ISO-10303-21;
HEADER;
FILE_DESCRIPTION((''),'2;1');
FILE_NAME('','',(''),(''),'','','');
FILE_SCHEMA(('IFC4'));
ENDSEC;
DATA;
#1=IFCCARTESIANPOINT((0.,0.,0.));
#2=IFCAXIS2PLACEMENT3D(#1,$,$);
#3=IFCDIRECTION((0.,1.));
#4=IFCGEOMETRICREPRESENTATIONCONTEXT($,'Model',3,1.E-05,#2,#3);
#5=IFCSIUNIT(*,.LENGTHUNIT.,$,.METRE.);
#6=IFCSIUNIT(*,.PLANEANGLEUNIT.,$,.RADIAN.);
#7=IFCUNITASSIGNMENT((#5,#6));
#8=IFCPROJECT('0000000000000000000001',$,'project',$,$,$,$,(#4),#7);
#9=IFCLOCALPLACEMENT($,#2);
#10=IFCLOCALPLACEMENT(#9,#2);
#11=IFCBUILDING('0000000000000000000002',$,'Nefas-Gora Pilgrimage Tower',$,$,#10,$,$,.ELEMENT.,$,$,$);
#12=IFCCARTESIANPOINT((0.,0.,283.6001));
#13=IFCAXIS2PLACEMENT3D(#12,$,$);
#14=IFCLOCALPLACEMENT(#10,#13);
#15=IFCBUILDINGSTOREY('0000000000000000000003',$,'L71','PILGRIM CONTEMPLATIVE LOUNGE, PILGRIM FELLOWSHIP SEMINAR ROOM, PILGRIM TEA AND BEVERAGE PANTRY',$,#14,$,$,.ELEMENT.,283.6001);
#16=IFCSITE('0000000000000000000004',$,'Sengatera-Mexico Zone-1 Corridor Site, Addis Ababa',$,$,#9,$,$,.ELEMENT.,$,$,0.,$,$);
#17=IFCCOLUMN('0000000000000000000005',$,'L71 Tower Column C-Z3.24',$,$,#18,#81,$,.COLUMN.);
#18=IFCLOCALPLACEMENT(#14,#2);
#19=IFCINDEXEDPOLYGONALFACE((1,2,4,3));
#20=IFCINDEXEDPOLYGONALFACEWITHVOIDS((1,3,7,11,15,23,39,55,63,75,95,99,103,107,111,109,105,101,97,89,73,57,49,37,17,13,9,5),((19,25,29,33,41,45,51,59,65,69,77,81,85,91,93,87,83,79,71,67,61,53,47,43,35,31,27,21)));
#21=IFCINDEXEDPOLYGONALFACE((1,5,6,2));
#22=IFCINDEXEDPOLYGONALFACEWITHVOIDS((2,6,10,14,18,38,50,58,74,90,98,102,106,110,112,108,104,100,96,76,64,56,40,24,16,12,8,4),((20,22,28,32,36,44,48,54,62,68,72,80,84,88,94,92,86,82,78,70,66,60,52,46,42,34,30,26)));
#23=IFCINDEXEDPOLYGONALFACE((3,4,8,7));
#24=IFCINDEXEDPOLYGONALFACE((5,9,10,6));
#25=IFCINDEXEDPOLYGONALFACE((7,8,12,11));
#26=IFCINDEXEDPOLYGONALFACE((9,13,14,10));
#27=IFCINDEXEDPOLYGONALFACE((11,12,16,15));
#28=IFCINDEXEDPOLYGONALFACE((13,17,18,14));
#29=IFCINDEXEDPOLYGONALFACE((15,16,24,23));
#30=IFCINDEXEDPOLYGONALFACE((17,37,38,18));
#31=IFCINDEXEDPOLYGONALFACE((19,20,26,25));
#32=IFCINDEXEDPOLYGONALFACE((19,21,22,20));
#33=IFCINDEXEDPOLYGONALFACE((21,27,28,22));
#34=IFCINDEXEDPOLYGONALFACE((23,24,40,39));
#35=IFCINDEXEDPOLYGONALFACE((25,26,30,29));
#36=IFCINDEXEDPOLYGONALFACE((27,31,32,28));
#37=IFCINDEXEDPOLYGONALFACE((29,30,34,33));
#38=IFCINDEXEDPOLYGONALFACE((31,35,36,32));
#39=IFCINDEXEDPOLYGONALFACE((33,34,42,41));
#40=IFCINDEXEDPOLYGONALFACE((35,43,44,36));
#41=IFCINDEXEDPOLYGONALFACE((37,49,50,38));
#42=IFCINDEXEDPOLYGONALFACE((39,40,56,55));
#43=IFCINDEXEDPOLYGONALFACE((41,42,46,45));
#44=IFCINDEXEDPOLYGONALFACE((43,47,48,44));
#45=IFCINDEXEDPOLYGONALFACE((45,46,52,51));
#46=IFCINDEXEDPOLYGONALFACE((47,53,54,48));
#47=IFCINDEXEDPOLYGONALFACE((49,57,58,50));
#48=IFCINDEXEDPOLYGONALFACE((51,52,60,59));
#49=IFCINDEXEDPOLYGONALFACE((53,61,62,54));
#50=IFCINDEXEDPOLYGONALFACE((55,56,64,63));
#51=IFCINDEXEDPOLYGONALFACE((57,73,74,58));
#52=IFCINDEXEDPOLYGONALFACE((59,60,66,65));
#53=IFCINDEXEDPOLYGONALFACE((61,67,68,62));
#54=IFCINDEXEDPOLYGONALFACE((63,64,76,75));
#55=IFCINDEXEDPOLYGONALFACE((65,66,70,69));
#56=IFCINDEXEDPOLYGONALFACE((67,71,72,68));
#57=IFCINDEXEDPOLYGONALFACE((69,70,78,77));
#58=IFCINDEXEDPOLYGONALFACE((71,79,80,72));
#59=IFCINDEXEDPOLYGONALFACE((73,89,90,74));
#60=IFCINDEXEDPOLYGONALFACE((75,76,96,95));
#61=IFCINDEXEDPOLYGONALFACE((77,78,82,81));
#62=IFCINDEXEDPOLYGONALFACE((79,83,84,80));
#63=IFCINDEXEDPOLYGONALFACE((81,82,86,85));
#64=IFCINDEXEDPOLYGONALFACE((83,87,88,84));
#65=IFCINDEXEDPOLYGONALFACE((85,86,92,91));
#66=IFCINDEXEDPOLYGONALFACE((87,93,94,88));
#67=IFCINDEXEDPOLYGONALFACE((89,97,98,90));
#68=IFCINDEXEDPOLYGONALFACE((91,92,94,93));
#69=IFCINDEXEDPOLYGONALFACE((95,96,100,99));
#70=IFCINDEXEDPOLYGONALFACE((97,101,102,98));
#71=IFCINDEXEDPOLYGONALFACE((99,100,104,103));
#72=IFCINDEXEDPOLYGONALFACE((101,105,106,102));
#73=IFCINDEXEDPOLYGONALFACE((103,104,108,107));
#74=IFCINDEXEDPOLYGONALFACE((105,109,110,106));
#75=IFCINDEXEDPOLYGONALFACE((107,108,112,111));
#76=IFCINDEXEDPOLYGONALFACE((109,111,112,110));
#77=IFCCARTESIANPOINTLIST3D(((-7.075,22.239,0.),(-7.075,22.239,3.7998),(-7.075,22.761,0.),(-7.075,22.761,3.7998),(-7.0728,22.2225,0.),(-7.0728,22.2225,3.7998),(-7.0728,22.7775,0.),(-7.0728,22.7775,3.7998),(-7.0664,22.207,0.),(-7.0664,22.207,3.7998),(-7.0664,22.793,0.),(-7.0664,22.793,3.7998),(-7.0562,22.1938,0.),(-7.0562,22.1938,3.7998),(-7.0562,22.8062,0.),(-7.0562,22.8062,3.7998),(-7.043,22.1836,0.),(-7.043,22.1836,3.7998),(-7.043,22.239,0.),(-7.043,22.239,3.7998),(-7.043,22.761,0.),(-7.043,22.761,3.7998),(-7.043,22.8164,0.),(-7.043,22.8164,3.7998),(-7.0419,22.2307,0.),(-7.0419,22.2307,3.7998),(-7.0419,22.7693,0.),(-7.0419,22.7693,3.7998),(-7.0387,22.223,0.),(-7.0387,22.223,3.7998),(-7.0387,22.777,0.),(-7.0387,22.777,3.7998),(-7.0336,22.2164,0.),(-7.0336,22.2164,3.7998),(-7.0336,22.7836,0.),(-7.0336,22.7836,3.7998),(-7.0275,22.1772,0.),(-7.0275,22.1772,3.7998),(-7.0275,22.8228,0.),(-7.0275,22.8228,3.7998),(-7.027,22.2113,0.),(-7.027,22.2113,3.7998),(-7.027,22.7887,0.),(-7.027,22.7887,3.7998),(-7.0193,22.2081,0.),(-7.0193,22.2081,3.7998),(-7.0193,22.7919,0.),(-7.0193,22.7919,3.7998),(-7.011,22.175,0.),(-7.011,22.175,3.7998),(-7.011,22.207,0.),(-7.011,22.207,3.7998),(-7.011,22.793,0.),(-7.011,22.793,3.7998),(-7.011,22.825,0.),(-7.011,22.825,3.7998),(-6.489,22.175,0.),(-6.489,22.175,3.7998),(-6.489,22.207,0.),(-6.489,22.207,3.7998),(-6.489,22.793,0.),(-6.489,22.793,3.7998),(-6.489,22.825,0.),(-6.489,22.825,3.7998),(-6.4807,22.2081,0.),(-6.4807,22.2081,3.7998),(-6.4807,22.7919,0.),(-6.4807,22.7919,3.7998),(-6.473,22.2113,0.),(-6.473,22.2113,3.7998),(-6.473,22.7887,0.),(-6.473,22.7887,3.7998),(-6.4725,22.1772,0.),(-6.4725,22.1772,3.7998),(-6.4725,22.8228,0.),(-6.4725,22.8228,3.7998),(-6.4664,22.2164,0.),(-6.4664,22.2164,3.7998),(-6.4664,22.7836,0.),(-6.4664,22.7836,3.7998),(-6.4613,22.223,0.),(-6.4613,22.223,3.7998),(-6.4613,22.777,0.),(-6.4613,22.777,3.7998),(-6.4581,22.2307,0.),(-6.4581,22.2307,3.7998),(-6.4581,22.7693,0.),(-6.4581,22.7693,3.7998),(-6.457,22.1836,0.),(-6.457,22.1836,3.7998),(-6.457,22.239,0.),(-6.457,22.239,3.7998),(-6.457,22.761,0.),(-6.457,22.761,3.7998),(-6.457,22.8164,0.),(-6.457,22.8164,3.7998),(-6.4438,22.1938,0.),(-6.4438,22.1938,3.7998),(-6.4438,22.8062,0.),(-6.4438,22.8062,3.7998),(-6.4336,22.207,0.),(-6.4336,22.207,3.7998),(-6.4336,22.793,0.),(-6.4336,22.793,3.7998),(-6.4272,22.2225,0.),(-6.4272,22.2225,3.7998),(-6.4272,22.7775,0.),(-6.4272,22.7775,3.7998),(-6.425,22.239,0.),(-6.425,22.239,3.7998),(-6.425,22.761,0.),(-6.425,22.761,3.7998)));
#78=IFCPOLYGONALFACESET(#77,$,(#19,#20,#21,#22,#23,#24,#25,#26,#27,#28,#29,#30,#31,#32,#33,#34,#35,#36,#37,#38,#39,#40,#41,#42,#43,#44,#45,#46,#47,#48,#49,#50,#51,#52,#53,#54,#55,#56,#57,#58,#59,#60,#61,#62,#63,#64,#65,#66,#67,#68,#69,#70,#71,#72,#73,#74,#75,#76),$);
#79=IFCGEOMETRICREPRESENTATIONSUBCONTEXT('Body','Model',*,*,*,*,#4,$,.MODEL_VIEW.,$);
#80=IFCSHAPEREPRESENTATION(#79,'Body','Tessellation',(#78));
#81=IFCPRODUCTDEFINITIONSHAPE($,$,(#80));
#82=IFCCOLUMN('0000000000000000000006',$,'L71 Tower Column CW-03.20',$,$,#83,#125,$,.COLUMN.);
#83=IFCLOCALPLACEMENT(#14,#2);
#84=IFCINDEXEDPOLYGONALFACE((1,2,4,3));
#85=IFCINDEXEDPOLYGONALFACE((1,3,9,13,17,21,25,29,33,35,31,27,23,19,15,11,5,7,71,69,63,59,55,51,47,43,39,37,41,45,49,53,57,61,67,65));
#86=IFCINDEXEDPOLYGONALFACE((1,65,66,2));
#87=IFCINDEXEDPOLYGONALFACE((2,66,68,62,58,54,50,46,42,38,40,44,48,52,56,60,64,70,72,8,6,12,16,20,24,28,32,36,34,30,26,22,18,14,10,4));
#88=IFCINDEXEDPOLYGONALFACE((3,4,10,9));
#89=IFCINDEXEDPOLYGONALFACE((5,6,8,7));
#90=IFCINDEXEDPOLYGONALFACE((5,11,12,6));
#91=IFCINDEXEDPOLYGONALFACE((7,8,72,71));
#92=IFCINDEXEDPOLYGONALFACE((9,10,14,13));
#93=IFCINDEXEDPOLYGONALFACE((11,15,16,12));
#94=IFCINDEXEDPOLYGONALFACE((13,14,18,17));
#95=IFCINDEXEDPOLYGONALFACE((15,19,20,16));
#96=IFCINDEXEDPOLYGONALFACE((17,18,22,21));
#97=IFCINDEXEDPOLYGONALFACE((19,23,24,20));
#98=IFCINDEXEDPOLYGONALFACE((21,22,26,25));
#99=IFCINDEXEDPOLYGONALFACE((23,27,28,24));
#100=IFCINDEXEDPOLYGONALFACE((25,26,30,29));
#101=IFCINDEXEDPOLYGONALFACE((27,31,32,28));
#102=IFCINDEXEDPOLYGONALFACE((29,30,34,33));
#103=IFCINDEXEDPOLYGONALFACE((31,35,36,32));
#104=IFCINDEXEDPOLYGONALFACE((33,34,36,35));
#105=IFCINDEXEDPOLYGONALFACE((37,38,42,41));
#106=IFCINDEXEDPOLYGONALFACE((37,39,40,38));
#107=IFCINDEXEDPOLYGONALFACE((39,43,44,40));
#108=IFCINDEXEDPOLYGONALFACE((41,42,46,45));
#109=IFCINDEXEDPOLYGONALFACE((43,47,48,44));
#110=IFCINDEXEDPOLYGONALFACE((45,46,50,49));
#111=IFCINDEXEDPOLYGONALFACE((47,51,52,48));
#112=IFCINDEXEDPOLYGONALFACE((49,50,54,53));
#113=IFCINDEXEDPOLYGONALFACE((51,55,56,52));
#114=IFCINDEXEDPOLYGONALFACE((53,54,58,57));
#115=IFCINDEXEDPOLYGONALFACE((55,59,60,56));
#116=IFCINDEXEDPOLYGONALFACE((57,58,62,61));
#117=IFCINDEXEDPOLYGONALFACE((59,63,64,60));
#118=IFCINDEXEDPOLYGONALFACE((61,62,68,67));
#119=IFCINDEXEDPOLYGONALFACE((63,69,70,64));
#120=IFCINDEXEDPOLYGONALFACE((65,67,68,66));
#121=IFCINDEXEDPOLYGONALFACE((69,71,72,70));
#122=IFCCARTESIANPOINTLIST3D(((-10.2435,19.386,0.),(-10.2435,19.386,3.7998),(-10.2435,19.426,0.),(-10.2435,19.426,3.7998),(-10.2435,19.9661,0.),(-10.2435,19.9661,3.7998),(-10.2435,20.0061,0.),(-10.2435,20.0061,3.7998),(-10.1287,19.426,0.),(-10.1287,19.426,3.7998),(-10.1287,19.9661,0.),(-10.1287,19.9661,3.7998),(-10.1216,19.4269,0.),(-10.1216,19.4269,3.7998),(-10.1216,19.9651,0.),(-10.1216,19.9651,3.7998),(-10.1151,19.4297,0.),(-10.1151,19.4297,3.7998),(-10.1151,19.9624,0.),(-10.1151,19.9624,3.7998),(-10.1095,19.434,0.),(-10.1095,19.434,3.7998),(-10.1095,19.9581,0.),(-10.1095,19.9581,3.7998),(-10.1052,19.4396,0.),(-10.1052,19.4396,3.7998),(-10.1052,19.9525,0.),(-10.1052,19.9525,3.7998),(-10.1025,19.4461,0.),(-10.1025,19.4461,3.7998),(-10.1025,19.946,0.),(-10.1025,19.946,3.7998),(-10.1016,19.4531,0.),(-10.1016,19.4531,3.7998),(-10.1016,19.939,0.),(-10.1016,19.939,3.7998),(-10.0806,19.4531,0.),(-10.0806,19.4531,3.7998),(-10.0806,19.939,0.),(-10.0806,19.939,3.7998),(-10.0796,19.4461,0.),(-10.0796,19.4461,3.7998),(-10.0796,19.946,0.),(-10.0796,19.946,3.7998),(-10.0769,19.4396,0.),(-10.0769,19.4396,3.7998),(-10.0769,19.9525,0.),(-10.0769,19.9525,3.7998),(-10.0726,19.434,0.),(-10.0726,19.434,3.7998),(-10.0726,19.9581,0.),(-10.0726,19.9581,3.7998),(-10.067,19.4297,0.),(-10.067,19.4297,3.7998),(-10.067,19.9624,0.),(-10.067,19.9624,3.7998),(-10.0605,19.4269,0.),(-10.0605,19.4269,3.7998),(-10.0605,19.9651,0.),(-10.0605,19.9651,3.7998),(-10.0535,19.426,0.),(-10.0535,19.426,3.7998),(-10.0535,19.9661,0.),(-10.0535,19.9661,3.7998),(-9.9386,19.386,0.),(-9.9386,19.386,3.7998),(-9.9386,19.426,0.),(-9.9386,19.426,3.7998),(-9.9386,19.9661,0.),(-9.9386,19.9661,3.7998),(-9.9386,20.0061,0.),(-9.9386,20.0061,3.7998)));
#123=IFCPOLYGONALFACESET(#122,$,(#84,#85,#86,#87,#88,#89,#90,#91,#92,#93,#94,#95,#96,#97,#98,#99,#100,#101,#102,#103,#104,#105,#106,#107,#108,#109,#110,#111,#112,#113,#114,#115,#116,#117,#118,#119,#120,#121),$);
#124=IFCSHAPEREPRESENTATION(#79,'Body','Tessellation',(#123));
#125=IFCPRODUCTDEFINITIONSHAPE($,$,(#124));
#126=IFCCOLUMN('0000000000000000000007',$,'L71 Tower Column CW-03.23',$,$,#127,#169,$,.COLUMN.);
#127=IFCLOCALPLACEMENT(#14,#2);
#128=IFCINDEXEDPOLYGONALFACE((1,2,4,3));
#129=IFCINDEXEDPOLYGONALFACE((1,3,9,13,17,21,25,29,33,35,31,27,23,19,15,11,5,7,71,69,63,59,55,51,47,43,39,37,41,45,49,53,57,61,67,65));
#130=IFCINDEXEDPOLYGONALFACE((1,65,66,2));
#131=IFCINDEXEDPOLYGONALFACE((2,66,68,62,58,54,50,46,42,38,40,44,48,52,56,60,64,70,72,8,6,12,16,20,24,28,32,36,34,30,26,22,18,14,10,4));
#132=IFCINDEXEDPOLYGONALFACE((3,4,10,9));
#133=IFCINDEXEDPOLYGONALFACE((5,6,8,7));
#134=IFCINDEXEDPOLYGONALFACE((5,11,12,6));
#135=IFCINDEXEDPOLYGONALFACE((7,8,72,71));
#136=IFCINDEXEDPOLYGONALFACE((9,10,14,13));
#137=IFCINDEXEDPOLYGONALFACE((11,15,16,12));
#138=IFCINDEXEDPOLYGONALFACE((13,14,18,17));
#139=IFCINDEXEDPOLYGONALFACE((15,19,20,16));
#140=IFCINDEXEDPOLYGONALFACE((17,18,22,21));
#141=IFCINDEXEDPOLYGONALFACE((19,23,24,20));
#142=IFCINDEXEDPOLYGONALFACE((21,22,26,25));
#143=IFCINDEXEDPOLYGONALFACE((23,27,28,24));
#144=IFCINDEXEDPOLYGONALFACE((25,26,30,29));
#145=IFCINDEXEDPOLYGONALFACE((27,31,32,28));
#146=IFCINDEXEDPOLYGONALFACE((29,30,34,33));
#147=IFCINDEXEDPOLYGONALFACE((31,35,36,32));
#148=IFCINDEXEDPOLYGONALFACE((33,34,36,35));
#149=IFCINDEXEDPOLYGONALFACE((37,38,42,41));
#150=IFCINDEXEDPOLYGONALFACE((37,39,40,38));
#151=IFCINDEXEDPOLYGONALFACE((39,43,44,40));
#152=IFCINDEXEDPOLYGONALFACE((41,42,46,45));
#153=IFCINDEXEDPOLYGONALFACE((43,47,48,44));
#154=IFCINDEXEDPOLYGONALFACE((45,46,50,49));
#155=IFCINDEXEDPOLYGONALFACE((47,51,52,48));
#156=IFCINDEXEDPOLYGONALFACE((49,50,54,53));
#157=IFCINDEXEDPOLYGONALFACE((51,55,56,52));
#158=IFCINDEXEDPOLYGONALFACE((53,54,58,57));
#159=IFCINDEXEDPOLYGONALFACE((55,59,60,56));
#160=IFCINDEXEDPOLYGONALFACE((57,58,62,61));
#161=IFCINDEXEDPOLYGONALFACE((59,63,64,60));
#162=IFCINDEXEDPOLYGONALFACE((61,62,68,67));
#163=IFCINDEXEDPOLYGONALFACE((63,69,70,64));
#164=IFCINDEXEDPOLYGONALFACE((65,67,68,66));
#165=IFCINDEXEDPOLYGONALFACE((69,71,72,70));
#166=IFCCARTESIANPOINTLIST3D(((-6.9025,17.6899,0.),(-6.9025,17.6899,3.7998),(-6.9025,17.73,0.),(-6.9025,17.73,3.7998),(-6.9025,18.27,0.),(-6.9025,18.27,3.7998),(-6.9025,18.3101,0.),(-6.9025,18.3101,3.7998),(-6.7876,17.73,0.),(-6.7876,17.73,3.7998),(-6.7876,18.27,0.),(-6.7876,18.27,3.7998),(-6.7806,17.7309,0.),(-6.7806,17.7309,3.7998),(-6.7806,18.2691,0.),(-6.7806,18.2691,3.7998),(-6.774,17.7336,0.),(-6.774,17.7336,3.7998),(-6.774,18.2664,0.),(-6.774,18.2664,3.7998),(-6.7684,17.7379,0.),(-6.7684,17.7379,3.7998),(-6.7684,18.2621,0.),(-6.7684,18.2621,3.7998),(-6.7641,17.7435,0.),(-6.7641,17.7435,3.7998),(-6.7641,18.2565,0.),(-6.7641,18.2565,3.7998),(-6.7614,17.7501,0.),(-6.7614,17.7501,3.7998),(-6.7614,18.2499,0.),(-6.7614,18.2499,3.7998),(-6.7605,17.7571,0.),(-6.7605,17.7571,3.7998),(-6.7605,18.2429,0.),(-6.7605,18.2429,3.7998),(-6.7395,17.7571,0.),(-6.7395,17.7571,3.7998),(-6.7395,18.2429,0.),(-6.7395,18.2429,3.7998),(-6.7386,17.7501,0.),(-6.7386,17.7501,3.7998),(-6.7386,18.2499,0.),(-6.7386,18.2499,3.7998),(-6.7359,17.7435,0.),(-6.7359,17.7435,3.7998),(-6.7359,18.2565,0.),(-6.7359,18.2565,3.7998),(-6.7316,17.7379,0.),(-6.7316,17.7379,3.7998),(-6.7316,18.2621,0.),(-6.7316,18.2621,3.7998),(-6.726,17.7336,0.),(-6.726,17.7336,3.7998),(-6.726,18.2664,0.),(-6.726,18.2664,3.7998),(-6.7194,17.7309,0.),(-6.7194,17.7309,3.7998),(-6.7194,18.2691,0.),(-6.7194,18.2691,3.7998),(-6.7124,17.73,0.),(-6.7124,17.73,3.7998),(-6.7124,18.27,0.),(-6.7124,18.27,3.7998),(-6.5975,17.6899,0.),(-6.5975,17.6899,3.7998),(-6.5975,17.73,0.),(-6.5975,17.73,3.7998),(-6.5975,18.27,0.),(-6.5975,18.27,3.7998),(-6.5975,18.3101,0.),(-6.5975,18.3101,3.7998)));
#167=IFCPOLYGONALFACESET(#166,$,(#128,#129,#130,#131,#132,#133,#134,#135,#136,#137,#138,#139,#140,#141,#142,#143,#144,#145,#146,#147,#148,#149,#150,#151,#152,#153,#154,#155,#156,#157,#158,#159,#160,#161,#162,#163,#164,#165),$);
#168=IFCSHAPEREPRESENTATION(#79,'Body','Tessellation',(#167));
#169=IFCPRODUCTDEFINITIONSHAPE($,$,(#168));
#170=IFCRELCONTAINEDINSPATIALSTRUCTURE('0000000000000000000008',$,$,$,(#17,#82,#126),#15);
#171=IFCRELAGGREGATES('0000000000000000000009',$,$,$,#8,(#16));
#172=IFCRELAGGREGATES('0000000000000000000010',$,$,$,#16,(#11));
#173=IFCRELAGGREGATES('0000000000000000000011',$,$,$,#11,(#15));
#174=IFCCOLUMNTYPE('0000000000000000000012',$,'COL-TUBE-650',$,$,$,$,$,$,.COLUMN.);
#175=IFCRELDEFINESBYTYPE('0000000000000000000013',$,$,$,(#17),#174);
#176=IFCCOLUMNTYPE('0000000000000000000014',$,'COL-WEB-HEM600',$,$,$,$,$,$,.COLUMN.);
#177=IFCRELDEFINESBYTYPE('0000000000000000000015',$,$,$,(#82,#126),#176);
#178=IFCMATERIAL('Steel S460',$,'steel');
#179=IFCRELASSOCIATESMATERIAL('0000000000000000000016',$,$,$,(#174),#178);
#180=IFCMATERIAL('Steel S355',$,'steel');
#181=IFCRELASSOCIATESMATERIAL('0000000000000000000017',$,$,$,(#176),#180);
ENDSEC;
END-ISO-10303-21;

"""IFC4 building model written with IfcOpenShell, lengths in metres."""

from ifc_helpers import new_model, si_unit, direction, frame, origin, origin_2d, place, context, subcontext, project, spatial, hollow_rectangle, i_section, extrude, source, transform, mapped, material, material_profile, profile_set, type_object, element, save


model = new_model("IFC4")

# Units and contexts
model_context = context("Model", 3, precision=1e-05, world=origin(), true_north=direction((0.0, 1.0)))
body_context = subcontext(model_context, "Body", "Model", "MODEL_VIEW")
ifc_project = project(units=[si_unit("LENGTHUNIT", "METRE"), si_unit("PLANEANGLEUNIT", "RADIAN")], contexts=[model_context])

# Site, building, storey
site_placement = place(None, origin())
site = spatial("IfcSite", under=ifc_project, at=site_placement, Name="Sengatera-Mexico Zone-1 Corridor Site, Addis Ababa", CompositionType="ELEMENT", RefElevation=0.0)
building_placement = place(site_placement, origin())
building = spatial("IfcBuilding", under=site, at=building_placement, Name="Nefas-Gora Pilgrimage Tower", CompositionType="ELEMENT")
storey_placement = place(building_placement, frame((0.0, 0.0, 283.6001)))
storey = spatial("IfcBuildingStorey", under=building, at=storey_placement, Name="L71", Description="PILGRIM CONTEMPLATIVE LOUNGE, PILGRIM FELLOWSHIP SEMINAR ROOM, PILGRIM TEA AND BEVERAGE PANTRY", CompositionType="ELEMENT", Elevation=283.6001)

# Columns
ifc_material_1 = material(Name="Steel S460", Category="steel")
ifc_material_profile_1 = material_profile(ifc_material_1, hollow_rectangle(XDim=0.6499, YDim=0.6499, WallThickness=0.032, InnerFilletRadius=0.032, OuterFilletRadius=0.064, at=origin_2d()), Name="BOX 650x650x32")
ifc_profile_set_1 = profile_set([ifc_material_profile_1], Name="Steel S460")
column_type_1 = type_object("IfcColumnType", Name="COL-TUBE-650", PredefinedType="COLUMN", material=ifc_profile_set_1)
shared_shape_1 = source(origin(), body_context, "Body", "SweptSolid", [
    extrude(hollow_rectangle(XDim=0.6499, YDim=0.6499, WallThickness=0.032, InnerFilletRadius=0.032, OuterFilletRadius=0.064, at=origin_2d()), origin(), (0.0, 0.0, 1.0), 3.7998),
])
column_placement = place(storey_placement, frame((-6.75, 22.5, 0.0), z_axis=(0.0, 0.0, 1.0), x_axis=(1.0, 0.0, 0.0)))
element("IfcColumn", 1, at=column_placement, inside=storey, type_object=column_type_1, Name="L71 Tower Column C-Z3.24", PredefinedType="COLUMN", context=body_context, shape_type="MappedRepresentation", body=[
    mapped(shared_shape_1, transform((0.0, 0.0, 0.0), x_axis=(1.0, 0.0, 0.0), y_axis=(0.0, 1.0, 0.0), z_axis=(0.0, 0.0, 1.0), scale=1.0)),
])
ifc_material_2 = material(Name="Steel S355", Category="steel")
ifc_material_profile_2 = material_profile(ifc_material_2, i_section(OverallWidth=0.3049, OverallDepth=0.6201, WebThickness=0.021, FlangeThickness=0.04, FilletRadius=0.0271, at=origin_2d()), Name="HEM 600")
ifc_profile_set_2 = profile_set([ifc_material_profile_2], Name="Steel S355")
column_type_2 = type_object("IfcColumnType", Name="COL-WEB-HEM600", PredefinedType="COLUMN", material=ifc_profile_set_2)
shared_shape_2 = source(origin(), body_context, "Body", "SweptSolid", [
    extrude(i_section(OverallWidth=0.3049, OverallDepth=0.6201, WebThickness=0.021, FlangeThickness=0.04, FilletRadius=0.0271, at=origin_2d()), origin(), (0.0, 0.0, 1.0), 3.7998),
])
for number, where, z_axis, x_axis, name in (
    (2, (-10.0911, 19.696, 0.0), (0.0, 0.0, 1.0), (1.0, 0.0, 0.0), "L71 Tower Column CW-03.20"),
    (3, (-6.75, 18.0, 0.0), (0.0, 0.0, 1.0), (1.0, 0.0, 0.0), "L71 Tower Column CW-03.23"),
):
    element("IfcColumn", number, at=place(storey_placement, frame(where, z_axis=z_axis, x_axis=x_axis)), inside=storey, type_object=column_type_2, Name=name, PredefinedType="COLUMN", context=body_context, shape_type="MappedRepresentation", body=[
        mapped(shared_shape_2, transform((0.0, 0.0, 0.0), x_axis=(1.0, 0.0, 0.0), y_axis=(0.0, 1.0, 0.0), z_axis=(0.0, 0.0, 1.0), scale=1.0)),
    ])

save(model, "model.ifc")
